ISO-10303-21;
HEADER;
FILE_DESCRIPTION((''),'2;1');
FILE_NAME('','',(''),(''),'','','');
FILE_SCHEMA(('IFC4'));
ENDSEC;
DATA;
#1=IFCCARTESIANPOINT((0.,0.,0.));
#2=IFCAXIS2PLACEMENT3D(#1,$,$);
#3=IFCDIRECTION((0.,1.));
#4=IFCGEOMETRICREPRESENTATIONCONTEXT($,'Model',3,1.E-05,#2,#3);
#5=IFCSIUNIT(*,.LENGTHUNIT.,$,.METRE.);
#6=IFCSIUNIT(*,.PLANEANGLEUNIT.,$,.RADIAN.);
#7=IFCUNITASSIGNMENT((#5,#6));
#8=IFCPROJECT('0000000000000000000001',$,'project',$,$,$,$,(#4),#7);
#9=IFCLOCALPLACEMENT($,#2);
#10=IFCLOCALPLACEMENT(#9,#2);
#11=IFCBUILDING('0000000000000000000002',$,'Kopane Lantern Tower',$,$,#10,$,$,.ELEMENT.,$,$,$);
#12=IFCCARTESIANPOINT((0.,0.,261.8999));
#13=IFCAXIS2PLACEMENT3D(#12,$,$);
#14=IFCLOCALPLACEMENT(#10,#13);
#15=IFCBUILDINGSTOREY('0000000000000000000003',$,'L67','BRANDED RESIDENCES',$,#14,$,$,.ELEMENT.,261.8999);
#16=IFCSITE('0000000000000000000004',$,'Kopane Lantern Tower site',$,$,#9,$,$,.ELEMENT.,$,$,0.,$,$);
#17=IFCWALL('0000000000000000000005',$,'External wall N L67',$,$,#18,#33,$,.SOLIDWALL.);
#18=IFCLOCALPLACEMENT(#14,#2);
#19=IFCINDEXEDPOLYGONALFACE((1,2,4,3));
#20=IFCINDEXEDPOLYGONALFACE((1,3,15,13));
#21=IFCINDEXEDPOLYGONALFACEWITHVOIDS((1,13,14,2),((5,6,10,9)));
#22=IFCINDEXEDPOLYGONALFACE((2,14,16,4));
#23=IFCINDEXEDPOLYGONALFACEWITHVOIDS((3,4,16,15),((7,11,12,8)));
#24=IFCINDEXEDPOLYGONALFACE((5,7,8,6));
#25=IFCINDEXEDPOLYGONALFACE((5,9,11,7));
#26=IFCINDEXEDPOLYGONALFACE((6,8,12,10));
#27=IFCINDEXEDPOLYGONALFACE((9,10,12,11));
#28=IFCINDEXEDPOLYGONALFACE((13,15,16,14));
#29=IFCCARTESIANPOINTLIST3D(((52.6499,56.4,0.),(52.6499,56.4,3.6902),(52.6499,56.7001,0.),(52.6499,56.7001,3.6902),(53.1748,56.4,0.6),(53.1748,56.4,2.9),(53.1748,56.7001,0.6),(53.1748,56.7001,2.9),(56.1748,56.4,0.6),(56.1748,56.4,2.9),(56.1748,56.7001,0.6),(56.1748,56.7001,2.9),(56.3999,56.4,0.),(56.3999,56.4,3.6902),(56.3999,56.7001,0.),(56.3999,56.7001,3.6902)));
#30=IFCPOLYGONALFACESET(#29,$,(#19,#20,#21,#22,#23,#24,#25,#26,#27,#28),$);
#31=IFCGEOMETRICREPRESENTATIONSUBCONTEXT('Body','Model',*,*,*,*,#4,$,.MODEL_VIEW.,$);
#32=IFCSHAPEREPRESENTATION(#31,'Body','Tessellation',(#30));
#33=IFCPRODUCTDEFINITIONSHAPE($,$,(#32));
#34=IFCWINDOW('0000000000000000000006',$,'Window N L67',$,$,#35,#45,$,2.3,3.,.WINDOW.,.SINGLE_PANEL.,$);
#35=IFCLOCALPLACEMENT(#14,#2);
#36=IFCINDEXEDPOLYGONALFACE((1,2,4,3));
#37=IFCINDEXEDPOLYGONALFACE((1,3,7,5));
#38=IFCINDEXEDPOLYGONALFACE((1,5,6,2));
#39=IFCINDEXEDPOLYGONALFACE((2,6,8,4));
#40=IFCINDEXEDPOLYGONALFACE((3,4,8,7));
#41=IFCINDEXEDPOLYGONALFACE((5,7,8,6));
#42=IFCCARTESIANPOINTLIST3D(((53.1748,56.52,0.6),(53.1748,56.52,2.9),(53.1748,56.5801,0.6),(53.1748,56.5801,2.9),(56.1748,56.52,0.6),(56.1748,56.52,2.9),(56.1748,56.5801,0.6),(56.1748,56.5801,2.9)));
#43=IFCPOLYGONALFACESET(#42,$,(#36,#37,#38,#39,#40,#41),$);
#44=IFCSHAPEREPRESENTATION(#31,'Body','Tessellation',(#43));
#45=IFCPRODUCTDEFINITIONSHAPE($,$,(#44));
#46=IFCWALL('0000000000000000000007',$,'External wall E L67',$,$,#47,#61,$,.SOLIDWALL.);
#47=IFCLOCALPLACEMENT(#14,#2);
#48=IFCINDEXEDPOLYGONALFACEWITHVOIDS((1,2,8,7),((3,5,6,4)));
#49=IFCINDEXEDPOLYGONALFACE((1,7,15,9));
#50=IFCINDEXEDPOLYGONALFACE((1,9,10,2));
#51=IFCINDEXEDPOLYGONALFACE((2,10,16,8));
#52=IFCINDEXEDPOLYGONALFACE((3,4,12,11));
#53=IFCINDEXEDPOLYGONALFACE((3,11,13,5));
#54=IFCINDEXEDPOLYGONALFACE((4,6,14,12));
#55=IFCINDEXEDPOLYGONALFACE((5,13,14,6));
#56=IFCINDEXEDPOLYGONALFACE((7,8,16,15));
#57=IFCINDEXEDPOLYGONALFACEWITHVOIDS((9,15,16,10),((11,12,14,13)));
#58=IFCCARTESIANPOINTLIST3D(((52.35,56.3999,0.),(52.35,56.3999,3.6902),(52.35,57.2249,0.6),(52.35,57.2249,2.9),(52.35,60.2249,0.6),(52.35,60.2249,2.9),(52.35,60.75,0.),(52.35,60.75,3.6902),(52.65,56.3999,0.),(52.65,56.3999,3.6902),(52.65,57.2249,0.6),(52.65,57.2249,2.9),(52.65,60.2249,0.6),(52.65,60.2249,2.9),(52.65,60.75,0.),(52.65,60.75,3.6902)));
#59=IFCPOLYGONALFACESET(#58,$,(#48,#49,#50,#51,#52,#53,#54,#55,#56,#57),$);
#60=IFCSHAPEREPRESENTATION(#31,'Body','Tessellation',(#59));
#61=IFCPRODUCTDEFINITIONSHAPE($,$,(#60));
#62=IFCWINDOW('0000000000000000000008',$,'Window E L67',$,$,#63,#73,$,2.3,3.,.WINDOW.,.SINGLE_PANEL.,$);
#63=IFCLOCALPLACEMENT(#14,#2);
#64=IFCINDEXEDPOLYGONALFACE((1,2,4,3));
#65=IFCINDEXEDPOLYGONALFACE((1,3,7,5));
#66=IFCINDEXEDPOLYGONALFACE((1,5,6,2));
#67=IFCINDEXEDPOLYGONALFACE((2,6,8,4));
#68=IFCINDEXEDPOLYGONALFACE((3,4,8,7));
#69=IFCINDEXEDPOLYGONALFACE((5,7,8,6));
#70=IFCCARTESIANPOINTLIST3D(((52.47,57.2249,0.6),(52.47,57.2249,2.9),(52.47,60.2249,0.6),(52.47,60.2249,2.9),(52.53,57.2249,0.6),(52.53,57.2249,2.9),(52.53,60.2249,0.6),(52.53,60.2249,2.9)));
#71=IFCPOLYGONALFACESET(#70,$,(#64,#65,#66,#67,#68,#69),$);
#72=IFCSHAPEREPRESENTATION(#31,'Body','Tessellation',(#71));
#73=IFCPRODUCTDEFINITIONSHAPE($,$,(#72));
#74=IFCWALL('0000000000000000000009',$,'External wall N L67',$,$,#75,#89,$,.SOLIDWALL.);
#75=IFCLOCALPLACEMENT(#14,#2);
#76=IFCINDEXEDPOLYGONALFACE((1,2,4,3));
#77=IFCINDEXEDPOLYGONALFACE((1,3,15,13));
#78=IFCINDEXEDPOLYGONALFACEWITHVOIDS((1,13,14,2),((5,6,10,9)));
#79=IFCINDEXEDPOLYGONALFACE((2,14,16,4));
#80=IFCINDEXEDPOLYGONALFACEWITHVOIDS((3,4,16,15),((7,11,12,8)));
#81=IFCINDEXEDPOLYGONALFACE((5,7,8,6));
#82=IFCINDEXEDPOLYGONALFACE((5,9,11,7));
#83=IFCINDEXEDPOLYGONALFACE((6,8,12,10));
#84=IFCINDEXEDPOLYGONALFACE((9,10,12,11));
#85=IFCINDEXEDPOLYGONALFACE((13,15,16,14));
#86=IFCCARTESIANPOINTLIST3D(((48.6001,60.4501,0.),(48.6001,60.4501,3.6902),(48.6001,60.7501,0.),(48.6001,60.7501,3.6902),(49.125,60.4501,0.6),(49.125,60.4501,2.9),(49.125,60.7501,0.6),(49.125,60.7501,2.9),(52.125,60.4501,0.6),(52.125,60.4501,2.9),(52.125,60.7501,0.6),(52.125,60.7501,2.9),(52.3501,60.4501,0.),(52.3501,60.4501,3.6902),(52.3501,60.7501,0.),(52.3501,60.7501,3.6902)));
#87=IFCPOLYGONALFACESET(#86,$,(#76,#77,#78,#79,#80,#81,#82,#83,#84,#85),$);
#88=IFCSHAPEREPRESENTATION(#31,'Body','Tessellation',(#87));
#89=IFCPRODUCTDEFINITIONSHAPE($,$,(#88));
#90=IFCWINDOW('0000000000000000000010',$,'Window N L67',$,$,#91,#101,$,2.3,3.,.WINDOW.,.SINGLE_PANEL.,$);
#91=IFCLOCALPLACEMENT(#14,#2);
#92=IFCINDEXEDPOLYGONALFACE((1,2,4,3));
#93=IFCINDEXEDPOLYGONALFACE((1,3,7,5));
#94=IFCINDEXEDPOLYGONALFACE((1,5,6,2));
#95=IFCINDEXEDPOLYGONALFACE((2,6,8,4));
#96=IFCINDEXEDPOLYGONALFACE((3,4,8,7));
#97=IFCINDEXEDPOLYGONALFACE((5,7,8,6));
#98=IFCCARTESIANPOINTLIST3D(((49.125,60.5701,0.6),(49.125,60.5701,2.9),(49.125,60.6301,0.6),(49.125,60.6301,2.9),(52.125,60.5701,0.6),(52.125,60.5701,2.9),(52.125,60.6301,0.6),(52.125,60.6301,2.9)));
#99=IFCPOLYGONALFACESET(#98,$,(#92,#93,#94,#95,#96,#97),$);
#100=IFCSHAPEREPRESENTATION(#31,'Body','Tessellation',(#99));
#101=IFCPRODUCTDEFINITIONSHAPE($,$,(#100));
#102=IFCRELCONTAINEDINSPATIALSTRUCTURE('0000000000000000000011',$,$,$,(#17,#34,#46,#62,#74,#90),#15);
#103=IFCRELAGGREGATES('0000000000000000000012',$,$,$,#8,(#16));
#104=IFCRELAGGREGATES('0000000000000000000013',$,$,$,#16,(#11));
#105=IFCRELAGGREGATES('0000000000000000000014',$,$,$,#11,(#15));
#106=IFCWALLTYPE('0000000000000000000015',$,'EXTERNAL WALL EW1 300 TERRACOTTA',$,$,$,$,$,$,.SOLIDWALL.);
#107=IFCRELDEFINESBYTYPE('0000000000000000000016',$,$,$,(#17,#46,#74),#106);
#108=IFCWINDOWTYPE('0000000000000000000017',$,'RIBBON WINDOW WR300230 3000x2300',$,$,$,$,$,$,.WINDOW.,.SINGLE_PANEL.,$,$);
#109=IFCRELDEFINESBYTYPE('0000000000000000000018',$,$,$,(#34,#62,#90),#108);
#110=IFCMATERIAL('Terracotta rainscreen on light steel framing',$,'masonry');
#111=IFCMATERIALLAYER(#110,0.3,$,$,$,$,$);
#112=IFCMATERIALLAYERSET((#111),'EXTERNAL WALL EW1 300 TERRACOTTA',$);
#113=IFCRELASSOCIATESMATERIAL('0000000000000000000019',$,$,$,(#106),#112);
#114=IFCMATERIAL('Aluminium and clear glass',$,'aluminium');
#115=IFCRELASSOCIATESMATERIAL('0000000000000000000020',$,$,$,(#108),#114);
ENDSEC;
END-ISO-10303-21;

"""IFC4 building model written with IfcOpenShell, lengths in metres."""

from ifc_helpers import new_model, si_unit, direction, frame, frame_2d, origin, place, context, subcontext, project, spatial, rectangle, extrude, material, layer, layer_set, type_object, element, fill, save


model = new_model("IFC4")

# Units and contexts
model_context = context("Model", 3, precision=1e-05, world=origin(), true_north=direction((0.0, 1.0)))
body_context = subcontext(model_context, "Body", "Model", "MODEL_VIEW")
ifc_project = project(units=[si_unit("LENGTHUNIT", "METRE"), si_unit("PLANEANGLEUNIT", "RADIAN")], contexts=[model_context])

# Site, building, storey
site_placement = place(None, origin())
site = spatial("IfcSite", under=ifc_project, at=site_placement, Name="Kopane Lantern Tower site", CompositionType="ELEMENT", RefElevation=0.0)
building_placement = place(site_placement, origin())
building = spatial("IfcBuilding", under=site, at=building_placement, Name="Kopane Lantern Tower", CompositionType="ELEMENT")
storey_placement = place(building_placement, frame((0.0, 0.0, 261.8999)))
storey = spatial("IfcBuildingStorey", under=building, at=storey_placement, Name="L67", Description="BRANDED RESIDENCES", CompositionType="ELEMENT", Elevation=261.8999)

# Walls, openings, windows
ifc_material_1 = material(Name="Terracotta rainscreen on light steel framing", Category="masonry")
ifc_layer_1 = layer(ifc_material_1, 0.3)
ifc_layer_set_1 = layer_set([ifc_layer_1], Name="EXTERNAL WALL EW1 300 TERRACOTTA")
wall_type_1 = type_object("IfcWallType", Name="EXTERNAL WALL EW1 300 TERRACOTTA", PredefinedType="SOLIDWALL", material=ifc_layer_set_1)
wall_1_placement = place(storey_placement, frame((56.3999, 56.55, 0.0), z_axis=(0.0, 0.0, 1.0), x_axis=(-1.0, 0.0, 0.0)))
wall_1 = element("IfcWall", 1, at=wall_1_placement, inside=storey, type_object=wall_type_1, Name="External wall N L67", PredefinedType="SOLIDWALL", context=body_context, shape_type="SweptSolid", body=[
    extrude(rectangle(XDim=3.75, YDim=0.3, at=frame_2d((1.875, 0.0))), origin(), (0.0, 0.0, 1.0), 3.6902),
])
opening_1_placement = place(wall_1_placement, frame((0.2251, 0.0, 0.6001)))
opening_1 = element("IfcOpeningElement", 2, at=opening_1_placement, cuts=wall_1, PredefinedType="OPENING", context=body_context, shape_type="SweptSolid", body=[
    extrude(rectangle(XDim=3.0, YDim=2.3, at=frame_2d((1.5, 1.1499))), frame((0.0, 0.1599, 0.0), z_axis=(0.0, -1.0, 0.0), x_axis=(1.0, 0.0, 0.0)), (0.0, 0.0, 1.0), 0.3201),
])
ifc_material_2 = material(Name="Aluminium and clear glass", Category="aluminium")
window_type = type_object("IfcWindowType", Name="RIBBON WINDOW WR300230 3000x2300", PartitioningType="SINGLE_PANEL", PredefinedType="WINDOW", material=ifc_material_2)
window_1_placement = place(opening_1_placement, origin())
window_1 = element("IfcWindow", 3, at=window_1_placement, inside=storey, type_object=window_type, Name="Window N L67", OverallHeight=2.3, OverallWidth=3.0, PartitioningType="SINGLE_PANEL", PredefinedType="WINDOW", context=body_context, shape_type="SweptSolid", body=[
    extrude(rectangle(XDim=3.0, YDim=2.3, at=frame_2d((1.5, 1.1499))), frame((0.0, 0.03, 0.0), z_axis=(0.0, -1.0, 0.0), x_axis=(1.0, 0.0, 0.0)), (0.0, 0.0, 1.0), 0.0601),
])
fill(opening_1, window_1)
wall_2_placement = place(storey_placement, frame((52.5, 56.3999, 0.0), z_axis=(0.0, 0.0, 1.0), x_axis=(0.0, 1.0, 0.0)))
wall_2 = element("IfcWall", 4, at=wall_2_placement, inside=storey, type_object=wall_type_1, Name="External wall E L67", PredefinedType="SOLIDWALL", context=body_context, shape_type="SweptSolid", body=[
    extrude(rectangle(XDim=4.3501, YDim=0.3, at=frame_2d((2.175, 0.0))), origin(), (0.0, 0.0, 1.0), 3.6902),
])
opening_2_placement = place(wall_2_placement, frame((0.825, 0.0, 0.6001)))
opening_2 = element("IfcOpeningElement", 5, at=opening_2_placement, cuts=wall_2, PredefinedType="OPENING", context=body_context, shape_type="SweptSolid", body=[
    extrude(rectangle(XDim=3.0, YDim=2.3, at=frame_2d((1.5, 1.1499))), frame((0.0, 0.1599, 0.0), z_axis=(0.0, -1.0, 0.0), x_axis=(1.0, 0.0, 0.0)), (0.0, 0.0, 1.0), 0.3201),
])
window_2_placement = place(opening_2_placement, origin())
window_2 = element("IfcWindow", 6, at=window_2_placement, inside=storey, type_object=window_type, Name="Window E L67", OverallHeight=2.3, OverallWidth=3.0, PartitioningType="SINGLE_PANEL", PredefinedType="WINDOW", context=body_context, shape_type="SweptSolid", body=[
    extrude(rectangle(XDim=3.0, YDim=2.3, at=frame_2d((1.5, 1.1499))), frame((0.0, 0.03, 0.0), z_axis=(0.0, -1.0, 0.0), x_axis=(1.0, 0.0, 0.0)), (0.0, 0.0, 1.0), 0.0601),
])
fill(opening_2, window_2)
wall_3_placement = place(storey_placement, frame((52.3501, 60.6001, 0.0), z_axis=(0.0, 0.0, 1.0), x_axis=(-1.0, 0.0, 0.0)))
wall_3 = element("IfcWall", 7, at=wall_3_placement, inside=storey, type_object=wall_type_1, Name="External wall N L67", PredefinedType="SOLIDWALL", context=body_context, shape_type="SweptSolid", body=[
    extrude(rectangle(XDim=3.75, YDim=0.3, at=frame_2d((1.875, 0.0))), origin(), (0.0, 0.0, 1.0), 3.6902),
])
opening_3_placement = place(wall_3_placement, frame((0.2251, 0.0, 0.6001)))
opening_3 = element("IfcOpeningElement", 8, at=opening_3_placement, cuts=wall_3, PredefinedType="OPENING", context=body_context, shape_type="SweptSolid", body=[
    extrude(rectangle(XDim=3.0, YDim=2.3, at=frame_2d((1.5, 1.1499))), frame((0.0, 0.1599, 0.0), z_axis=(0.0, -1.0, 0.0), x_axis=(1.0, 0.0, 0.0)), (0.0, 0.0, 1.0), 0.3201),
])
window_3_placement = place(opening_3_placement, origin())
window_3 = element("IfcWindow", 9, at=window_3_placement, inside=storey, type_object=window_type, Name="Window N L67", OverallHeight=2.3, OverallWidth=3.0, PartitioningType="SINGLE_PANEL", PredefinedType="WINDOW", context=body_context, shape_type="SweptSolid", body=[
    extrude(rectangle(XDim=3.0, YDim=2.3, at=frame_2d((1.5, 1.1499))), frame((0.0, 0.03, 0.0), z_axis=(0.0, -1.0, 0.0), x_axis=(1.0, 0.0, 0.0)), (0.0, 0.0, 1.0), 0.0601),
])
fill(opening_3, window_3)

save(model, "model.ifc")
